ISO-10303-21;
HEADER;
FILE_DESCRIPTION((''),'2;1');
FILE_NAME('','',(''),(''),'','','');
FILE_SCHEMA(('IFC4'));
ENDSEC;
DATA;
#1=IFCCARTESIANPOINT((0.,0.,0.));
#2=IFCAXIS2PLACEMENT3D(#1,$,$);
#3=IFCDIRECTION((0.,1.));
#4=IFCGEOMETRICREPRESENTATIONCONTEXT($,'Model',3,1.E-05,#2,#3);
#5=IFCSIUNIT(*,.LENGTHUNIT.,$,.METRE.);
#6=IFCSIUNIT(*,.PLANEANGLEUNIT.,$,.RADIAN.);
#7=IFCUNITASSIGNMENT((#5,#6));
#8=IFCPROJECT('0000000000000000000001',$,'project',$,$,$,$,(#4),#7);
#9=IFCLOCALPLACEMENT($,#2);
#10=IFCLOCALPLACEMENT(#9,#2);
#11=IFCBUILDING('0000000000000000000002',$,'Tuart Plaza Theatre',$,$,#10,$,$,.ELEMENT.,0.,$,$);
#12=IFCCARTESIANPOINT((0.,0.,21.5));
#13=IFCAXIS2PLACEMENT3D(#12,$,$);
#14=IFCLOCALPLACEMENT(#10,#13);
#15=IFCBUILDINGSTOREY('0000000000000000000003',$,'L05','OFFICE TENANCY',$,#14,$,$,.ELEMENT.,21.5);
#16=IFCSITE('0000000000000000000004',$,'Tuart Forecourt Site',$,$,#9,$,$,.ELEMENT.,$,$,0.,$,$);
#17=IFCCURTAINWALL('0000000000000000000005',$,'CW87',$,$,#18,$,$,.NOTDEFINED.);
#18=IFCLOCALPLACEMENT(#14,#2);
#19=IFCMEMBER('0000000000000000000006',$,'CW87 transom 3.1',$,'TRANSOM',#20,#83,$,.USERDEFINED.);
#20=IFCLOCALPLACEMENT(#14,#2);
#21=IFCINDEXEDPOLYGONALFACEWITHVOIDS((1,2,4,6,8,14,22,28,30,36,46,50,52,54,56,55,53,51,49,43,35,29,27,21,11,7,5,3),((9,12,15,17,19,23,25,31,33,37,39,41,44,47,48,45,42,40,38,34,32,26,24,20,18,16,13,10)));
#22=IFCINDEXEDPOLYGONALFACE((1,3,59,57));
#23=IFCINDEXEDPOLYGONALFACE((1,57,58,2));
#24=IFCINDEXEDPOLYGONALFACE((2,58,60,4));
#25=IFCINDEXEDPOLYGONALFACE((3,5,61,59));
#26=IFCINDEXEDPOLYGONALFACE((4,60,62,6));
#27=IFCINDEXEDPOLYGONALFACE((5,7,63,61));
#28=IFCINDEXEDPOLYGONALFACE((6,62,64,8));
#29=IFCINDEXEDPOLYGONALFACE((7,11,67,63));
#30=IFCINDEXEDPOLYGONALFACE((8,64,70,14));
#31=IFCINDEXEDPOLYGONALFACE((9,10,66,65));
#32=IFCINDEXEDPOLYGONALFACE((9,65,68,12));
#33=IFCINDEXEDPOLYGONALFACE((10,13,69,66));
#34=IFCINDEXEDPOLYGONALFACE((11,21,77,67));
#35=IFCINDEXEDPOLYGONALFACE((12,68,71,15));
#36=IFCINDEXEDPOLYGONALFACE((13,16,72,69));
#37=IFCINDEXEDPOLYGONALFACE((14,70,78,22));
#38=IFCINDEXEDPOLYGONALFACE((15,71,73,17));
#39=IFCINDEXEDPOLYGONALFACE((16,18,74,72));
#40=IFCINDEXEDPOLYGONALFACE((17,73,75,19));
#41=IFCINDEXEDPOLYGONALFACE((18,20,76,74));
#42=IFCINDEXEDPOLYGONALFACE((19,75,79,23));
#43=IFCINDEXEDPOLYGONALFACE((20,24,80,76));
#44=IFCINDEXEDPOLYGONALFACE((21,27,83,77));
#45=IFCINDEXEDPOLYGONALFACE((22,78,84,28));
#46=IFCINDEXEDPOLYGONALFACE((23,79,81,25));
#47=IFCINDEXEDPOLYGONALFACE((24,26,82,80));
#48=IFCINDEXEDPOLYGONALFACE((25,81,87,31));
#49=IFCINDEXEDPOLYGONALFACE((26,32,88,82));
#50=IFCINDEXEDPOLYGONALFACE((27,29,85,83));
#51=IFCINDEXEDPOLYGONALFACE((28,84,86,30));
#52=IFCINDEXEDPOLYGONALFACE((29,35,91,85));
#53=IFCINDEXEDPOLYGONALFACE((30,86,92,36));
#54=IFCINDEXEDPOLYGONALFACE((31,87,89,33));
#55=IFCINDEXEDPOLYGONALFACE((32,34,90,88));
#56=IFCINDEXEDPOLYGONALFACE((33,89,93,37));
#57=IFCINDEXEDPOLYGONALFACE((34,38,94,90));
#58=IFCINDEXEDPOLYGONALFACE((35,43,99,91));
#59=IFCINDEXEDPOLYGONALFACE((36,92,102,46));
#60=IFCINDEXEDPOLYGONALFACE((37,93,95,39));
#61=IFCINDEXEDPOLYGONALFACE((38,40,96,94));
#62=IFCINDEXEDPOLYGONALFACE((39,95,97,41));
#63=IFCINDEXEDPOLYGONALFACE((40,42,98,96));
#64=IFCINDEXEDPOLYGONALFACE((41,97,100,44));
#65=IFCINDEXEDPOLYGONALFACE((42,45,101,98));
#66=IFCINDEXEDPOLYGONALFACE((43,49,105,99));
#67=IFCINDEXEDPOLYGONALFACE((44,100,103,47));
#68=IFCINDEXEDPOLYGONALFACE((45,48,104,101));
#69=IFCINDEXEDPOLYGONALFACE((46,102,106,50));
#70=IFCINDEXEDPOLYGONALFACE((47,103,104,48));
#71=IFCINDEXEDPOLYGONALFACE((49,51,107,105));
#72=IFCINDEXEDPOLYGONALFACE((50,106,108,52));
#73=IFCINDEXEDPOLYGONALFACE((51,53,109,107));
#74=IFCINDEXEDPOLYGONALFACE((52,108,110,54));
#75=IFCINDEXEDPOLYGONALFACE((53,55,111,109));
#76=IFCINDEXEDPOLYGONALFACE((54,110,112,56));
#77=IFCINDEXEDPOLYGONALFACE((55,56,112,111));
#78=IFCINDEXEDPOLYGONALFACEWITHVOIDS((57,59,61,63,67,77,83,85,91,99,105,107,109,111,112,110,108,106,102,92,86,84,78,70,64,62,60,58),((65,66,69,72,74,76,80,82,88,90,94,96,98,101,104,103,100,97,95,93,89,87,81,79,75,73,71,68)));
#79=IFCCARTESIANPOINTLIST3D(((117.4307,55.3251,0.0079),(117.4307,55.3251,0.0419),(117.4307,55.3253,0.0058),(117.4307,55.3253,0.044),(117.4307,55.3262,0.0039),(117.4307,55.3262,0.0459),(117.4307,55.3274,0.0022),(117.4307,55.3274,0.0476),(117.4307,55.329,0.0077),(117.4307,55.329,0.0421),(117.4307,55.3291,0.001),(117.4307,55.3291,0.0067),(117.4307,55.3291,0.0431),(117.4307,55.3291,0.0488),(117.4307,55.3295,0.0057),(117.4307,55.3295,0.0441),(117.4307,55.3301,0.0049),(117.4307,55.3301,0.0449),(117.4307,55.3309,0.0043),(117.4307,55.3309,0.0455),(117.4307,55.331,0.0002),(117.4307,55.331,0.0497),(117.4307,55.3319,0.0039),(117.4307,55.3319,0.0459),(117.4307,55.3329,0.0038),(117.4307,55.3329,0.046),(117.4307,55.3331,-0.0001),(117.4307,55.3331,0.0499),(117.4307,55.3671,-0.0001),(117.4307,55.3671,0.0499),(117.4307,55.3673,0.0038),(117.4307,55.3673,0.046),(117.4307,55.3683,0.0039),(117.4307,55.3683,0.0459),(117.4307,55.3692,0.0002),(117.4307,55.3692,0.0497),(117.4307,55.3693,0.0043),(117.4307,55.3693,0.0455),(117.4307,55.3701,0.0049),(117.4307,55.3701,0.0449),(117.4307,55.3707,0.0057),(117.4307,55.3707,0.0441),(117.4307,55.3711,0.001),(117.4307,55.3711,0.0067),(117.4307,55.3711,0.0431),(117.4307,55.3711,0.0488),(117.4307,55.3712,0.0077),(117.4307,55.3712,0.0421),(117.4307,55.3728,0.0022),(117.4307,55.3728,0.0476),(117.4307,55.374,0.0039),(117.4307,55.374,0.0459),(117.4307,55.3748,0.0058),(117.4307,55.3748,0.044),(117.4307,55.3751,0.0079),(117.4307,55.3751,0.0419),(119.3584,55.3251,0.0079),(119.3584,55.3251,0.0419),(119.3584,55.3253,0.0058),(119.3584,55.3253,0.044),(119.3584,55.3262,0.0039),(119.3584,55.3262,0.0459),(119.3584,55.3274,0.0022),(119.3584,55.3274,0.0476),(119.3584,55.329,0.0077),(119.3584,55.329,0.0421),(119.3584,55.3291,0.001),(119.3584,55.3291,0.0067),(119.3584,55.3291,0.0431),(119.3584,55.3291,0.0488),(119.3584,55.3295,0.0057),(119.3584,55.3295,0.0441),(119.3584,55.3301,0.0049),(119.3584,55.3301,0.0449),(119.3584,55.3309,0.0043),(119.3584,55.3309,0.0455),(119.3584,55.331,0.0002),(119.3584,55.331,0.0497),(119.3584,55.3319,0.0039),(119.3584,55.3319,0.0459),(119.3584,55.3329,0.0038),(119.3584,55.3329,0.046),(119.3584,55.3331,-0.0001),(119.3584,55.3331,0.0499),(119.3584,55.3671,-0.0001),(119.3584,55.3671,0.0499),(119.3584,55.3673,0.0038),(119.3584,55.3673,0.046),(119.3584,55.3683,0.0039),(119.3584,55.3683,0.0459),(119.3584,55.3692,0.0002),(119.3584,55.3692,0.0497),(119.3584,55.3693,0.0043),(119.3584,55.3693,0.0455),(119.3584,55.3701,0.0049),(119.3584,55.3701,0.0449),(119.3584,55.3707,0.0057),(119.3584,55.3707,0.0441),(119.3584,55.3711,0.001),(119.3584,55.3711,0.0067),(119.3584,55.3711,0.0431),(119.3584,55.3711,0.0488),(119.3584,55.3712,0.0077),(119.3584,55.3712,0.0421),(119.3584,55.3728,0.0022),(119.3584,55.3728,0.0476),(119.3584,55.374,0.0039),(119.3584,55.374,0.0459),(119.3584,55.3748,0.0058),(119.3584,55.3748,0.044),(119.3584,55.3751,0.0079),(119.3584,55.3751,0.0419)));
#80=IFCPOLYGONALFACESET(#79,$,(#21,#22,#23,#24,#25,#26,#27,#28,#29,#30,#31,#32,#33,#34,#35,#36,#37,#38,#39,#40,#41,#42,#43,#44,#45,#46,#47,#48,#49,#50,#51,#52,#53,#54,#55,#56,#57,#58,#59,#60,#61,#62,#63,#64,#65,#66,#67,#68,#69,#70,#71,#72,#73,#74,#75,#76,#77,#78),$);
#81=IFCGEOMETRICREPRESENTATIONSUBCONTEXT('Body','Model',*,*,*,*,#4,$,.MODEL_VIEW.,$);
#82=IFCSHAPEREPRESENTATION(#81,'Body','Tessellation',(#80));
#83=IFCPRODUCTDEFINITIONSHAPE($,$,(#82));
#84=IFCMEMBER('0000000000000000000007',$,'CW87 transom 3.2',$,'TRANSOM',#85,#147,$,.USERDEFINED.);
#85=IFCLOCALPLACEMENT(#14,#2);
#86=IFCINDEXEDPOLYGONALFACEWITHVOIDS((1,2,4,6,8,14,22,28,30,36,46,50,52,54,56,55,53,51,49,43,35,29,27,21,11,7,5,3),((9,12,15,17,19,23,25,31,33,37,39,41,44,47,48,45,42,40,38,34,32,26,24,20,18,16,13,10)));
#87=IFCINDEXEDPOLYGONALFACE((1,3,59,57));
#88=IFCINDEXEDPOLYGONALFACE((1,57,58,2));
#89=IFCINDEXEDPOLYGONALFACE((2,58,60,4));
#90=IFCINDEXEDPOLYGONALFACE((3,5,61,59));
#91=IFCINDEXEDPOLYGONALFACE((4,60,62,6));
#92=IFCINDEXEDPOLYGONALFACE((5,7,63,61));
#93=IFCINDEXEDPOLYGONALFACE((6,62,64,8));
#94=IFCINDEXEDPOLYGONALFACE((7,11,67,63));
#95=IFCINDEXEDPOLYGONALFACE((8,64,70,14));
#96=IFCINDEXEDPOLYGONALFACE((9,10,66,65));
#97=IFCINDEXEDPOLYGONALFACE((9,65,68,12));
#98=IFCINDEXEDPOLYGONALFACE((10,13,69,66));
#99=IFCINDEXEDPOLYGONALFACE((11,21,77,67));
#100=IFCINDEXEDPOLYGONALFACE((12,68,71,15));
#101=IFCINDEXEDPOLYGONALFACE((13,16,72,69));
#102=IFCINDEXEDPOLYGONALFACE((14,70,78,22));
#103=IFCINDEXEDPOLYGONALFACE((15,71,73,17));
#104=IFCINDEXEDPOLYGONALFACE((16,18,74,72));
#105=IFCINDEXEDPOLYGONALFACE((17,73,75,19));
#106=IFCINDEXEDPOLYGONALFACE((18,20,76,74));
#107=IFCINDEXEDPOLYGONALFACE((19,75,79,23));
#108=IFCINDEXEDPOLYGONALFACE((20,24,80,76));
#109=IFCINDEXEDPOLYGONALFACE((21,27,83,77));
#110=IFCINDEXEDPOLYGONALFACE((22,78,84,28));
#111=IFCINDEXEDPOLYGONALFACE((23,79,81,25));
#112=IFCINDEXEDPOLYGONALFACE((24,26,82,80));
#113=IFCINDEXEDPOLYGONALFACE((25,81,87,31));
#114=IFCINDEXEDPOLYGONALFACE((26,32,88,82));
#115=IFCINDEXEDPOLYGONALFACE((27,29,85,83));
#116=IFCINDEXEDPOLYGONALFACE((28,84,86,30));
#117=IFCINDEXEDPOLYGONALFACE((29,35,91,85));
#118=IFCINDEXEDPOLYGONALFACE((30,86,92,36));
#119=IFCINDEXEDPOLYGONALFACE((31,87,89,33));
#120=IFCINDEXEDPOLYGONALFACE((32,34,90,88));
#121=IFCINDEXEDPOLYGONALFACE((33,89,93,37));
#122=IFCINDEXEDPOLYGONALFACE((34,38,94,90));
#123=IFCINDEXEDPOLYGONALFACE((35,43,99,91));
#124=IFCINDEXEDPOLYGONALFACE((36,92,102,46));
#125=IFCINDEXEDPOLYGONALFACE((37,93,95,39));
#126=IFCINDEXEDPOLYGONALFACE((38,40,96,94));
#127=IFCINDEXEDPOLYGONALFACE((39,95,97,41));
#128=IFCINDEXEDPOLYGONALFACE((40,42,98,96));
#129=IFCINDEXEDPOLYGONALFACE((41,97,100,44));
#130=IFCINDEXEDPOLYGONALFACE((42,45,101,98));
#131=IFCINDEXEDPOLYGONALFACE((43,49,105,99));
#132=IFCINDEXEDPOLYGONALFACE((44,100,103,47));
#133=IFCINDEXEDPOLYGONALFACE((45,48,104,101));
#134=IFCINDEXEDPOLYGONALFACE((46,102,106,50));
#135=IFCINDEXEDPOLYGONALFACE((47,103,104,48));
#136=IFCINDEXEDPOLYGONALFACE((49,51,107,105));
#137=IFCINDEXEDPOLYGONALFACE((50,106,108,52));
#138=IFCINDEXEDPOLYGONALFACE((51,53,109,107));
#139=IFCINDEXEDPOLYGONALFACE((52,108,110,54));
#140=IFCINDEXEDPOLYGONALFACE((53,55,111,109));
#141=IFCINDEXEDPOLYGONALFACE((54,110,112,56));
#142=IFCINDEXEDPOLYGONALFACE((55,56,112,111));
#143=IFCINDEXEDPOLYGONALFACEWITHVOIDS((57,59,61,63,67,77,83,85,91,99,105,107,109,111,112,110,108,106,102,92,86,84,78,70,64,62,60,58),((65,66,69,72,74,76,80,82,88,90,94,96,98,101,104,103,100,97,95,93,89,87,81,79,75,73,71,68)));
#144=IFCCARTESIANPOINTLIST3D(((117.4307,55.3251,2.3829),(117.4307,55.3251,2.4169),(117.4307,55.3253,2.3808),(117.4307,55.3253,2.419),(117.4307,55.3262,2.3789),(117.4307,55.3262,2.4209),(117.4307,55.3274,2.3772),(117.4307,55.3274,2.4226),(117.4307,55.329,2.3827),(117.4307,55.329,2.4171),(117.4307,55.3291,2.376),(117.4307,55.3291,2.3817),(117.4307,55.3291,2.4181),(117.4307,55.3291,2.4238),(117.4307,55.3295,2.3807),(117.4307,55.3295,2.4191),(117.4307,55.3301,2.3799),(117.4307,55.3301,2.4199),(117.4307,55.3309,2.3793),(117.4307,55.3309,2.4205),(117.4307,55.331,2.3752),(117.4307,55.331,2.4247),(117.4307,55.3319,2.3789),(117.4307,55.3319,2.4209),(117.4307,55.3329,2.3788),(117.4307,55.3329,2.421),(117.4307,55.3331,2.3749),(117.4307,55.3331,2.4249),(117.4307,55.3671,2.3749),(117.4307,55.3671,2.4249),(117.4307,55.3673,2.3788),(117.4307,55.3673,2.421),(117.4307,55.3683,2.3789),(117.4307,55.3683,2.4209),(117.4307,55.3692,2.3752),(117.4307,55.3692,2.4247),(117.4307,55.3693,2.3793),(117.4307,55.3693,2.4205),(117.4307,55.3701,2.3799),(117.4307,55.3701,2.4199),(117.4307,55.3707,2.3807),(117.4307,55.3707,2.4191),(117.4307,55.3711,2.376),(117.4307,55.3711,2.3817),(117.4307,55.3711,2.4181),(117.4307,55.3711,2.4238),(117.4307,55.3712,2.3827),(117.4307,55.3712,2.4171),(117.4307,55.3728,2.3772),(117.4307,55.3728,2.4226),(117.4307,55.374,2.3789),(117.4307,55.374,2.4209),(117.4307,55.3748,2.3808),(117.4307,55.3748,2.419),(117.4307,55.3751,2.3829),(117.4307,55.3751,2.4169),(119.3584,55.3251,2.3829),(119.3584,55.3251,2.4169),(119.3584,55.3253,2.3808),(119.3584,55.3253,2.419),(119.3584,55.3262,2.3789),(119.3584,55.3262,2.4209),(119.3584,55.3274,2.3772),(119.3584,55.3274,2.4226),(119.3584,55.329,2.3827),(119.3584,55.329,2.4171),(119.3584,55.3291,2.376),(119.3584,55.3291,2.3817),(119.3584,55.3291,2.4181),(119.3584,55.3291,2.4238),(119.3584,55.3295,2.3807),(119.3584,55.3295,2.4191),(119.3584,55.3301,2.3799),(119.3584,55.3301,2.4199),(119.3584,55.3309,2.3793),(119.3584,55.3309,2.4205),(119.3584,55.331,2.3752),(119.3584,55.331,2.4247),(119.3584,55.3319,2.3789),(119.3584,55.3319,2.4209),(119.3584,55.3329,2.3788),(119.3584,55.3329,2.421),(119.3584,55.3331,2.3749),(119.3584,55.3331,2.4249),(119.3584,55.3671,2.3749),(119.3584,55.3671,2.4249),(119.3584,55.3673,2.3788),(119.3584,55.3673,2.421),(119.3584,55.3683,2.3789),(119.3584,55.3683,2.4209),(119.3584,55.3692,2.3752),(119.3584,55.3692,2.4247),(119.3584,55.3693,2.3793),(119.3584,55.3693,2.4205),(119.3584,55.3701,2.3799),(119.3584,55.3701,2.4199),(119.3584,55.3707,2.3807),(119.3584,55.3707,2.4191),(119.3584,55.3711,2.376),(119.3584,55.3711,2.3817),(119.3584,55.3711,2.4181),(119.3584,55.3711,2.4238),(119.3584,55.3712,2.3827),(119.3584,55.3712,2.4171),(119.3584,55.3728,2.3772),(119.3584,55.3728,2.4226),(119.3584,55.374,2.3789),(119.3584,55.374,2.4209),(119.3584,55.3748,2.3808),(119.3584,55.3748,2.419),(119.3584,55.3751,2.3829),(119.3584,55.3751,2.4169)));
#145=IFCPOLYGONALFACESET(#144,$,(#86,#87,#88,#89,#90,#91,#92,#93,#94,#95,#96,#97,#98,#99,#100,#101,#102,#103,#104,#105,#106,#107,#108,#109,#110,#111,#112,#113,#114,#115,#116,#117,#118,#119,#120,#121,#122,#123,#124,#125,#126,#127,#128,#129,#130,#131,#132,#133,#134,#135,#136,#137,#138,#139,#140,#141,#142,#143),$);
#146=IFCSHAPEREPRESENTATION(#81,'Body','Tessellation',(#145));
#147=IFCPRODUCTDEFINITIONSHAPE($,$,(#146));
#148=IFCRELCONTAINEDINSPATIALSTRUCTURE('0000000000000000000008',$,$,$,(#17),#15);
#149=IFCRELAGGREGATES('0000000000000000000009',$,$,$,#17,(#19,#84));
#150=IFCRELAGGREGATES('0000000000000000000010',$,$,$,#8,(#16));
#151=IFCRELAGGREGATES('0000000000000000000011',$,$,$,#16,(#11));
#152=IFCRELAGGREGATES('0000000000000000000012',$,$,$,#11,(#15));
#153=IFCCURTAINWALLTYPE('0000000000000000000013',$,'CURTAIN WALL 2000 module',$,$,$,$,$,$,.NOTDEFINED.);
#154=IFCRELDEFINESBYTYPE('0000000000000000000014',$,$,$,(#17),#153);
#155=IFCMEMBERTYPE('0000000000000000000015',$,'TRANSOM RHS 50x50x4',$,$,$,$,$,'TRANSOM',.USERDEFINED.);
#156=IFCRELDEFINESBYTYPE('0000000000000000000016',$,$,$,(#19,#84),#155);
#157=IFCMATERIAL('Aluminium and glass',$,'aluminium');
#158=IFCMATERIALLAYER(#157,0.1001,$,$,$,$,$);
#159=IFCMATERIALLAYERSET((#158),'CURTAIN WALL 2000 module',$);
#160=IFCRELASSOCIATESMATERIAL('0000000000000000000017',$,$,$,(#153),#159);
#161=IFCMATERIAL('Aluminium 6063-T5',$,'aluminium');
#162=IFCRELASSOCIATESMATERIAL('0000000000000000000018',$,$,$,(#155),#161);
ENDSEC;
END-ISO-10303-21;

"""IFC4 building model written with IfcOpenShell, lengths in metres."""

from ifc_helpers import new_model, si_unit, direction, frame, origin, origin_2d, place, context, subcontext, project, spatial, hollow_rectangle, extrude, material, layer, layer_set, material_profile, profile_set, type_object, element, aggregate, save


model = new_model("IFC4")

# Units and contexts
model_context = context("Model", 3, precision=1e-05, world=origin(), true_north=direction((0.0, 1.0)))
body_context = subcontext(model_context, "Body", "Model", "MODEL_VIEW")
ifc_project = project(units=[si_unit("LENGTHUNIT", "METRE"), si_unit("PLANEANGLEUNIT", "RADIAN")], contexts=[model_context])

# Site, building, storey
site_placement = place(None, origin())
site = spatial("IfcSite", under=ifc_project, at=site_placement, Name="Tuart Forecourt Site", CompositionType="ELEMENT", RefElevation=0.0)
building_placement = place(site_placement, origin())
building = spatial("IfcBuilding", under=site, at=building_placement, Name="Tuart Plaza Theatre", CompositionType="ELEMENT", ElevationOfRefHeight=0.0)
storey_placement = place(building_placement, frame((0.0, 0.0, 21.5)))
storey = spatial("IfcBuildingStorey", under=building, at=storey_placement, Name="L05", Description="OFFICE TENANCY", CompositionType="ELEMENT", Elevation=21.5)

# Curtain wall, members
ifc_material_1 = material(Name="Aluminium and glass", Category="aluminium")
ifc_layer_1 = layer(ifc_material_1, 0.1001)
ifc_layer_set_1 = layer_set([ifc_layer_1], Name="CURTAIN WALL 2000 module")
curtain_wall_type = type_object("IfcCurtainWallType", Name="CURTAIN WALL 2000 module", PredefinedType="NOTDEFINED", material=ifc_layer_set_1)
curtain_wall_placement = place(storey_placement, origin())
curtain_wall = element("IfcCurtainWall", 1, at=curtain_wall_placement, inside=storey, type_object=curtain_wall_type, Name="CW87", PredefinedType="NOTDEFINED")
ifc_material_2 = material(Name="Aluminium 6063-T5", Category="aluminium")
ifc_material_profile_1 = material_profile(ifc_material_2, hollow_rectangle(XDim=0.05, YDim=0.05, WallThickness=0.0039, InnerFilletRadius=0.0039, OuterFilletRadius=0.0081, at=origin_2d()), Name="RHS 50x50x4")
ifc_profile_set_1 = profile_set([ifc_material_profile_1], Name="Aluminium 6063-T5")
member_type_1 = type_object("IfcMemberType", Name="TRANSOM RHS 50x50x4", ElementType="TRANSOM", PredefinedType="USERDEFINED", material=ifc_profile_set_1)
member_1_placement = place(storey_placement, frame((117.4307, 55.3501, 0.0249), z_axis=(1.0, 0.0, 0.0), x_axis=(0.0, 1.0, 0.0)))
member_1 = element("IfcMember", 2, at=member_1_placement, type_object=member_type_1, Name="CW87 transom 3.1", ObjectType="TRANSOM", PredefinedType="USERDEFINED", context=body_context, shape_type="SweptSolid", body=[
    extrude(hollow_rectangle(XDim=0.05, YDim=0.05, WallThickness=0.0039, InnerFilletRadius=0.0039, OuterFilletRadius=0.0081, at=origin_2d()), origin(), (0.0, 0.0, 1.0), 1.9277),
])
member_2_placement = place(storey_placement, frame((117.4307, 55.3501, 2.3999), z_axis=(1.0, 0.0, 0.0), x_axis=(0.0, 1.0, 0.0)))
member_2 = element("IfcMember", 3, at=member_2_placement, type_object=member_type_1, Name="CW87 transom 3.2", ObjectType="TRANSOM", PredefinedType="USERDEFINED", context=body_context, shape_type="SweptSolid", body=[
    extrude(hollow_rectangle(XDim=0.05, YDim=0.05, WallThickness=0.0039, InnerFilletRadius=0.0039, OuterFilletRadius=0.0081, at=origin_2d()), origin(), (0.0, 0.0, 1.0), 1.9277),
])
aggregate(curtain_wall, [member_1, member_2])

save(model, "model.ifc")
